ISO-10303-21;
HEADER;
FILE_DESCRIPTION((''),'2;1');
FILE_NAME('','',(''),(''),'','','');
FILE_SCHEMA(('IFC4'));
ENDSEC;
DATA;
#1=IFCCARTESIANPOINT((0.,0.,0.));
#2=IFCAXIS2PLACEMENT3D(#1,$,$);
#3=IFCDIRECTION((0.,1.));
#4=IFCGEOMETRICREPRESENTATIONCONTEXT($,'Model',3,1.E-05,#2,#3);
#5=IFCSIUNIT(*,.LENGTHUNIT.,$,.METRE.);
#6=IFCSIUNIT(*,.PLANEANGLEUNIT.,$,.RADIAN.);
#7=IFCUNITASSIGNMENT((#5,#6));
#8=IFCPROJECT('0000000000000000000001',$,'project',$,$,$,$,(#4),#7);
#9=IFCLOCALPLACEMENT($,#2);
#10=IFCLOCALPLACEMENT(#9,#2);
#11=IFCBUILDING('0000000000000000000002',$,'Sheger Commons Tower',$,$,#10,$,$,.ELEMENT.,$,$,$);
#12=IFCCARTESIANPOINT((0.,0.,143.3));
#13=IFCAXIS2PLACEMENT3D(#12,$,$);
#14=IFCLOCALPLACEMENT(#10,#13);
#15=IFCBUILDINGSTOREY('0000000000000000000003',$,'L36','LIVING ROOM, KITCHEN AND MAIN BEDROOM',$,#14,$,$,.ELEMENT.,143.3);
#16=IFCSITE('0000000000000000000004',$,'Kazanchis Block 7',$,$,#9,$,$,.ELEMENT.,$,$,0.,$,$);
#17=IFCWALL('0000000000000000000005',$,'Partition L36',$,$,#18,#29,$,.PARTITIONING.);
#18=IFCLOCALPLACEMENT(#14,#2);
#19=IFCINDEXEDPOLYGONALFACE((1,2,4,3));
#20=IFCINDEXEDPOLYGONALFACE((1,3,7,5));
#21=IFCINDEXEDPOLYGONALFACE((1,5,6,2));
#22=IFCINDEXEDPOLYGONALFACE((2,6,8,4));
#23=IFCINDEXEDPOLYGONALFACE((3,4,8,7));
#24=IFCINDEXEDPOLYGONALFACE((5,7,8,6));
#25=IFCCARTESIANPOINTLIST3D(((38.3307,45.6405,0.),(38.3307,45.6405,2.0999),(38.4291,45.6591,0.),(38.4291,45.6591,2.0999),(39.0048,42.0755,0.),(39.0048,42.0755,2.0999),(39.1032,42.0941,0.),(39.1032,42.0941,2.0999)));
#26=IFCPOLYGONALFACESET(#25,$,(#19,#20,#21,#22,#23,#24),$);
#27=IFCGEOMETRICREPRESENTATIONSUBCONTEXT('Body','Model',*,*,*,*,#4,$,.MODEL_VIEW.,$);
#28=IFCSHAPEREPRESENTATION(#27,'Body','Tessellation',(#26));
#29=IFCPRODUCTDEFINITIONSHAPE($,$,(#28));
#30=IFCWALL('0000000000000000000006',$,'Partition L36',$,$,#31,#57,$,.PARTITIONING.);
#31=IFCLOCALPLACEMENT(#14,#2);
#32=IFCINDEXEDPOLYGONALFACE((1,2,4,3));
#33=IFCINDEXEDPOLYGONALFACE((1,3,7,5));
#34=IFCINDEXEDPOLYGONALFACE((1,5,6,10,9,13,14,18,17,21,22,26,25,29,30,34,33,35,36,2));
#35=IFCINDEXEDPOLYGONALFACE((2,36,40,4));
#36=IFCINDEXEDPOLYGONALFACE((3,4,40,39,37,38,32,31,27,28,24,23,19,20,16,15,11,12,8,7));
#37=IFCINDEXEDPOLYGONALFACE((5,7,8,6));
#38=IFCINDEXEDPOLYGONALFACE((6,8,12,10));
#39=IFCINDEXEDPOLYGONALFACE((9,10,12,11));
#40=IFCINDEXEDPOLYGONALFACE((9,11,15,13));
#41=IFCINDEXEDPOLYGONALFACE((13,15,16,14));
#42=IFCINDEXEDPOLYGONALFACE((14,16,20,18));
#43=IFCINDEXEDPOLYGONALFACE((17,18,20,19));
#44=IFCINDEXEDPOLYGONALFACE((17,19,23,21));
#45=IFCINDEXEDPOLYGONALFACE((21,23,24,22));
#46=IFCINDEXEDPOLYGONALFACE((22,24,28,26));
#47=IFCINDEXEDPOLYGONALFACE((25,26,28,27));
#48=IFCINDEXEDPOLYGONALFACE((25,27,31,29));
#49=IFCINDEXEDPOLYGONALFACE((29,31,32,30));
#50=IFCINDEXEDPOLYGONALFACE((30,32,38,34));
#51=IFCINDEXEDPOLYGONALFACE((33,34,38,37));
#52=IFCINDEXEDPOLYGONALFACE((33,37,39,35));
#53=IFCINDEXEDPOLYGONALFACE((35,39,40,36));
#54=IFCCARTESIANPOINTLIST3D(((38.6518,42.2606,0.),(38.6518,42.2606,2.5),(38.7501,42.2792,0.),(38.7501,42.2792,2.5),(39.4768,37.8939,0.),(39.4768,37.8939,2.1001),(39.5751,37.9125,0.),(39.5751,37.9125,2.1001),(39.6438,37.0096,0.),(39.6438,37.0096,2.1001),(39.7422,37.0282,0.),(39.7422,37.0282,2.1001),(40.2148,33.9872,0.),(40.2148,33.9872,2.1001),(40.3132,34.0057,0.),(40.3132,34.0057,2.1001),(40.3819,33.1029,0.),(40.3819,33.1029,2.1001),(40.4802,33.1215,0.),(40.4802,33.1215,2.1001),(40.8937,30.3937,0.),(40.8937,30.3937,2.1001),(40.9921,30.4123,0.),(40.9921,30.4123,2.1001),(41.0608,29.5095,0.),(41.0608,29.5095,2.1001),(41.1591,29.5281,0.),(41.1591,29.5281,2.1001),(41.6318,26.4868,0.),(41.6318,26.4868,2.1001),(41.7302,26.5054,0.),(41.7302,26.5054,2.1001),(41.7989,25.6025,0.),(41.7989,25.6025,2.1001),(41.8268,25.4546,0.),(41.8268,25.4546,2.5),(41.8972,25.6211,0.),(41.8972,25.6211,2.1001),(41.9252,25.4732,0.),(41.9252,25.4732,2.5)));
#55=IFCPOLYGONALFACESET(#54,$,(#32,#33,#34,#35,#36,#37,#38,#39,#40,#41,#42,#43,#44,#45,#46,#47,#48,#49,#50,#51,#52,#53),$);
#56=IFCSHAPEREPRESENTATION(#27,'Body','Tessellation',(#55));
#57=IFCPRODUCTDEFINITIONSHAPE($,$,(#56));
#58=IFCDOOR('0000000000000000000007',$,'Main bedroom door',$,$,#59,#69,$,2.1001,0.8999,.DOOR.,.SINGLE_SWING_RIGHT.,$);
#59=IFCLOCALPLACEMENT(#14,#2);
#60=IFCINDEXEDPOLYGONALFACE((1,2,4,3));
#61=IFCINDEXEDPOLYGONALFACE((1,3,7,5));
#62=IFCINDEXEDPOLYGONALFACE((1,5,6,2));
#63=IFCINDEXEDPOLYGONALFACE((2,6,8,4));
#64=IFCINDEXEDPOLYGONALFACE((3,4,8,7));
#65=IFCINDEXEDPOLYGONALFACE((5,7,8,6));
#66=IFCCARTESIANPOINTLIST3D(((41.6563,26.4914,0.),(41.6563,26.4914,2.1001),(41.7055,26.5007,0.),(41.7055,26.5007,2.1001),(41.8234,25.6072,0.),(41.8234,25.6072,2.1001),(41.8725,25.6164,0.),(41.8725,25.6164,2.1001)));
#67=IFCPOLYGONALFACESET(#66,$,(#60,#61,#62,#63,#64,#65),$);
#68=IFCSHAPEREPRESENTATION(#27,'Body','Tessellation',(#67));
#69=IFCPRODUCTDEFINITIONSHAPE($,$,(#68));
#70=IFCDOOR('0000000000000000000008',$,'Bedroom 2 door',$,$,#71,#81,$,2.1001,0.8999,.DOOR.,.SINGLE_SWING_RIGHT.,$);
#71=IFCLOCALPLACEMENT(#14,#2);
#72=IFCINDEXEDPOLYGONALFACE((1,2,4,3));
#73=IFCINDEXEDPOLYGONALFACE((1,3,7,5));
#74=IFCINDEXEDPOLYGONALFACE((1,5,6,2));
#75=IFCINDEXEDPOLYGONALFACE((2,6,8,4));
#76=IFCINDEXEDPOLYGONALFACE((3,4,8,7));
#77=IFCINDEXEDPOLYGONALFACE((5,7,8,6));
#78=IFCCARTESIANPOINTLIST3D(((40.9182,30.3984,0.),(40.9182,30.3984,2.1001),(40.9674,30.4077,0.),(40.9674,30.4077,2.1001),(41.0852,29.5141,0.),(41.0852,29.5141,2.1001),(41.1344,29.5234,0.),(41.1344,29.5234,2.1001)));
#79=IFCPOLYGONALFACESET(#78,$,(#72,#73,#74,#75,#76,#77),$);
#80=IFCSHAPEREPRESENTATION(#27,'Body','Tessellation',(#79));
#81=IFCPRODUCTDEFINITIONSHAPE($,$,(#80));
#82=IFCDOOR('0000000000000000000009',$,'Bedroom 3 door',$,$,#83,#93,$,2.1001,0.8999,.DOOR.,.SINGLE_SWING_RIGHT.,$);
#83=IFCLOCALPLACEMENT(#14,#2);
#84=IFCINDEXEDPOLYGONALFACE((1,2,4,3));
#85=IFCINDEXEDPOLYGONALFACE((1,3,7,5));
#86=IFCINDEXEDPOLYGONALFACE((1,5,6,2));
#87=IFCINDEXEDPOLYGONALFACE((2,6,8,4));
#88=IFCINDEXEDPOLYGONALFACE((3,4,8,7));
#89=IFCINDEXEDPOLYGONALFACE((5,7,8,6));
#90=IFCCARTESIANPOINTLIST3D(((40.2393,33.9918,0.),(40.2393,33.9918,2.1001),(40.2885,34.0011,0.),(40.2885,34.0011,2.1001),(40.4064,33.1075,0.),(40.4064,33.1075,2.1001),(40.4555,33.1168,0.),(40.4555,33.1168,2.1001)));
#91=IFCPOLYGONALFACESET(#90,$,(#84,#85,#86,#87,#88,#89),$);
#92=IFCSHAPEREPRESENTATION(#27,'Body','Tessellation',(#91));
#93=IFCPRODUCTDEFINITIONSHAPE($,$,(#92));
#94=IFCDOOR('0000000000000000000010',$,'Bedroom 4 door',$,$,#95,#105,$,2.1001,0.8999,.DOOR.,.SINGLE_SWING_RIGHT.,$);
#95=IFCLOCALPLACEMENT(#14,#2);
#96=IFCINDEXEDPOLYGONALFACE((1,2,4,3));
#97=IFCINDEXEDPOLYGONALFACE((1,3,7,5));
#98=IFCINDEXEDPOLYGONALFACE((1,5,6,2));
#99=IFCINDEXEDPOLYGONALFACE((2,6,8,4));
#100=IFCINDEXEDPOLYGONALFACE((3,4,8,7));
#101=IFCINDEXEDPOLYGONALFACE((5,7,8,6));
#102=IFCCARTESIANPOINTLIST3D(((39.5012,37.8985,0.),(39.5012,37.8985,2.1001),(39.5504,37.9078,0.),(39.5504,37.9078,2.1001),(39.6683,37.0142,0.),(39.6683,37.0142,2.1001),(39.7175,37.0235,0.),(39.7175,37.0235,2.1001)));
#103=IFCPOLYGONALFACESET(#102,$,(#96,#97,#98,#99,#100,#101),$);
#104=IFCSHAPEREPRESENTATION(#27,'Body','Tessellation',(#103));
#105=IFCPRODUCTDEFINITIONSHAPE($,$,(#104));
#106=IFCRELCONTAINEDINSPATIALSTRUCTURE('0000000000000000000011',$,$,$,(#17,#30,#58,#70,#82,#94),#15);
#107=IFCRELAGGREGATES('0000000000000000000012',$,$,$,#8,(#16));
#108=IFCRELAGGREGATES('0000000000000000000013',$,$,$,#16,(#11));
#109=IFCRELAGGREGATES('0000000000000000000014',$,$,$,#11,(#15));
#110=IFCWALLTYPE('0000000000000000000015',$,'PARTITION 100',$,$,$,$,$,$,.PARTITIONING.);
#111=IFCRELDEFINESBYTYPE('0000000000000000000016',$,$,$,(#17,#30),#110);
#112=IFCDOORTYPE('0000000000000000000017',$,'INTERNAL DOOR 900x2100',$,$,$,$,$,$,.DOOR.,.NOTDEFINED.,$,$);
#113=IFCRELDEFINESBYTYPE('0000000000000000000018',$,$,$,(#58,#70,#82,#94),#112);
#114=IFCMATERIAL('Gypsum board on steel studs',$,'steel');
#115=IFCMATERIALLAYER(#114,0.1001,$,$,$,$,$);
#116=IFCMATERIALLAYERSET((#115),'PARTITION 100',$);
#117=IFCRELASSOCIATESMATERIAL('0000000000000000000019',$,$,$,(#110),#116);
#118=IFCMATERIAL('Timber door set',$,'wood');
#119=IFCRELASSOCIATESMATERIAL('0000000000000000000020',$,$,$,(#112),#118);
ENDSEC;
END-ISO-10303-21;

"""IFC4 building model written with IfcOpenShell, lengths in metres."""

from ifc_helpers import new_model, si_unit, direction, frame, frame_2d, origin, place, context, subcontext, project, spatial, rectangle, extrude, material, layer, layer_set, type_object, element, fill, save


model = new_model("IFC4")

# Units and contexts
model_context = context("Model", 3, precision=1e-05, world=origin(), true_north=direction((0.0, 1.0)))
body_context = subcontext(model_context, "Body", "Model", "MODEL_VIEW")
ifc_project = project(units=[si_unit("LENGTHUNIT", "METRE"), si_unit("PLANEANGLEUNIT", "RADIAN")], contexts=[model_context])

# Site, building, storey
site_placement = place(None, origin())
site = spatial("IfcSite", under=ifc_project, at=site_placement, Name="Kazanchis Block 7", CompositionType="ELEMENT", RefElevation=0.0)
building_placement = place(site_placement, origin())
building = spatial("IfcBuilding", under=site, at=building_placement, Name="Sheger Commons Tower", CompositionType="ELEMENT")
storey_placement = place(building_placement, frame((0.0, 0.0, 143.3)))
storey = spatial("IfcBuildingStorey", under=building, at=storey_placement, Name="L36", Description="LIVING ROOM, KITCHEN AND MAIN BEDROOM", CompositionType="ELEMENT", Elevation=143.3)

# Wall
ifc_material_1 = material(Name="Gypsum board on steel studs", Category="steel")
ifc_layer = layer(ifc_material_1, 0.1001)
ifc_layer_set = layer_set([ifc_layer], Name="PARTITION 100")
wall_type = type_object("IfcWallType", Name="PARTITION 100", PredefinedType="PARTITIONING", material=ifc_layer_set)
wall_1_placement = place(storey_placement, frame((39.054, 42.085, 0.0), z_axis=(0.0, 0.0, 1.0), x_axis=(-0.185792, 0.982589, 0.0)))
element("IfcWall", 1, at=wall_1_placement, inside=storey, type_object=wall_type, Name="Partition L36", PredefinedType="PARTITIONING", context=body_context, shape_type="SweptSolid", body=[
    extrude(rectangle(XDim=3.6282, YDim=0.1001, at=frame_2d((1.814, 0.0))), origin(), (0.0, 0.0, 1.0), 2.0999),
])

# Wall, openings, doors
wall_2_placement = place(storey_placement, frame((38.7009, 42.27, 0.0), z_axis=(0.0, 0.0, 1.0), x_axis=(0.185641, -0.982618, 0.0)))
wall_2 = element("IfcWall", 2, at=wall_2_placement, inside=storey, type_object=wall_type, Name="Partition L36", PredefinedType="PARTITIONING", context=body_context, shape_type="SweptSolid", body=[
    extrude(rectangle(XDim=17.1033, YDim=0.1001, at=frame_2d((8.5518, 0.0))), origin(), (0.0, 0.0, 1.0), 2.5),
])
opening_1_placement = place(wall_2_placement, frame((16.053, 0.0, 0.0)))
opening_1 = element("IfcOpeningElement", 3, at=opening_1_placement, cuts=wall_2, PredefinedType="OPENING", context=body_context, shape_type="SweptSolid", body=[
    extrude(rectangle(XDim=0.8999, YDim=2.1001, at=frame_2d((0.45, 1.05))), frame((0.0, 0.0601, 0.0), z_axis=(0.0, -1.0, 0.0), x_axis=(1.0, 0.0, 0.0)), (0.0, 0.0, 1.0), 0.1201),
])
opening_2_placement = place(wall_2_placement, frame((12.0769, 0.0, 0.0)))
opening_2 = element("IfcOpeningElement", 4, at=opening_2_placement, cuts=wall_2, PredefinedType="OPENING", context=body_context, shape_type="SweptSolid", body=[
    extrude(rectangle(XDim=0.8999, YDim=2.1001, at=frame_2d((0.45, 1.05))), frame((0.0, 0.0601, 0.0), z_axis=(0.0, -1.0, 0.0), x_axis=(1.0, 0.0, 0.0)), (0.0, 0.0, 1.0), 0.1201),
])
opening_3_placement = place(wall_2_placement, frame((8.4199, 0.0, 0.0)))
opening_3 = element("IfcOpeningElement", 5, at=opening_3_placement, cuts=wall_2, PredefinedType="OPENING", context=body_context, shape_type="SweptSolid", body=[
    extrude(rectangle(XDim=0.8999, YDim=2.1001, at=frame_2d((0.45, 1.05))), frame((0.0, 0.0601, 0.0), z_axis=(0.0, -1.0, 0.0), x_axis=(1.0, 0.0, 0.0)), (0.0, 0.0, 1.0), 0.1201),
])
opening_4_placement = place(wall_2_placement, frame((4.4441, 0.0, 0.0)))
opening_4 = element("IfcOpeningElement", 6, at=opening_4_placement, cuts=wall_2, PredefinedType="OPENING", context=body_context, shape_type="SweptSolid", body=[
    extrude(rectangle(XDim=0.8999, YDim=2.1001, at=frame_2d((0.45, 1.05))), frame((0.0, 0.0601, 0.0), z_axis=(0.0, -1.0, 0.0), x_axis=(1.0, 0.0, 0.0)), (0.0, 0.0, 1.0), 0.1201),
])
ifc_material_2 = material(Name="Timber door set", Category="wood")
door_type = type_object("IfcDoorType", Name="INTERNAL DOOR 900x2100", OperationType="NOTDEFINED", PredefinedType="DOOR", material=ifc_material_2)
door_1_placement = place(opening_1_placement, origin())
door_1 = element("IfcDoor", 7, at=door_1_placement, inside=storey, type_object=door_type, Name="Main bedroom door", OperationType="SINGLE_SWING_RIGHT", OverallHeight=2.1001, OverallWidth=0.8999, PredefinedType="DOOR", context=body_context, shape_type="SweptSolid", body=[
    extrude(rectangle(XDim=0.8999, YDim=2.1001, at=frame_2d((0.45, 1.05))), frame((0.0, 0.0249, 0.0), z_axis=(0.0, -1.0, 0.0), x_axis=(1.0, 0.0, 0.0)), (0.0, 0.0, 1.0), 0.05),
])
fill(opening_1, door_1)
door_2_placement = place(opening_2_placement, origin())
door_2 = element("IfcDoor", 8, at=door_2_placement, inside=storey, type_object=door_type, Name="Bedroom 2 door", OperationType="SINGLE_SWING_RIGHT", OverallHeight=2.1001, OverallWidth=0.8999, PredefinedType="DOOR", context=body_context, shape_type="SweptSolid", body=[
    extrude(rectangle(XDim=0.8999, YDim=2.1001, at=frame_2d((0.45, 1.05))), frame((0.0, 0.0249, 0.0), z_axis=(0.0, -1.0, 0.0), x_axis=(1.0, 0.0, 0.0)), (0.0, 0.0, 1.0), 0.05),
])
fill(opening_2, door_2)
door_3_placement = place(opening_3_placement, origin())
door_3 = element("IfcDoor", 9, at=door_3_placement, inside=storey, type_object=door_type, Name="Bedroom 3 door", OperationType="SINGLE_SWING_RIGHT", OverallHeight=2.1001, OverallWidth=0.8999, PredefinedType="DOOR", context=body_context, shape_type="SweptSolid", body=[
    extrude(rectangle(XDim=0.8999, YDim=2.1001, at=frame_2d((0.45, 1.05))), frame((0.0, 0.0249, 0.0), z_axis=(0.0, -1.0, 0.0), x_axis=(1.0, 0.0, 0.0)), (0.0, 0.0, 1.0), 0.05),
])
fill(opening_3, door_3)
door_4_placement = place(opening_4_placement, origin())
door_4 = element("IfcDoor", 10, at=door_4_placement, inside=storey, type_object=door_type, Name="Bedroom 4 door", OperationType="SINGLE_SWING_RIGHT", OverallHeight=2.1001, OverallWidth=0.8999, PredefinedType="DOOR", context=body_context, shape_type="SweptSolid", body=[
    extrude(rectangle(XDim=0.8999, YDim=2.1001, at=frame_2d((0.45, 1.05))), frame((0.0, 0.0249, 0.0), z_axis=(0.0, -1.0, 0.0), x_axis=(1.0, 0.0, 0.0)), (0.0, 0.0, 1.0), 0.05),
])
fill(opening_4, door_4)

save(model, "model.ifc")
